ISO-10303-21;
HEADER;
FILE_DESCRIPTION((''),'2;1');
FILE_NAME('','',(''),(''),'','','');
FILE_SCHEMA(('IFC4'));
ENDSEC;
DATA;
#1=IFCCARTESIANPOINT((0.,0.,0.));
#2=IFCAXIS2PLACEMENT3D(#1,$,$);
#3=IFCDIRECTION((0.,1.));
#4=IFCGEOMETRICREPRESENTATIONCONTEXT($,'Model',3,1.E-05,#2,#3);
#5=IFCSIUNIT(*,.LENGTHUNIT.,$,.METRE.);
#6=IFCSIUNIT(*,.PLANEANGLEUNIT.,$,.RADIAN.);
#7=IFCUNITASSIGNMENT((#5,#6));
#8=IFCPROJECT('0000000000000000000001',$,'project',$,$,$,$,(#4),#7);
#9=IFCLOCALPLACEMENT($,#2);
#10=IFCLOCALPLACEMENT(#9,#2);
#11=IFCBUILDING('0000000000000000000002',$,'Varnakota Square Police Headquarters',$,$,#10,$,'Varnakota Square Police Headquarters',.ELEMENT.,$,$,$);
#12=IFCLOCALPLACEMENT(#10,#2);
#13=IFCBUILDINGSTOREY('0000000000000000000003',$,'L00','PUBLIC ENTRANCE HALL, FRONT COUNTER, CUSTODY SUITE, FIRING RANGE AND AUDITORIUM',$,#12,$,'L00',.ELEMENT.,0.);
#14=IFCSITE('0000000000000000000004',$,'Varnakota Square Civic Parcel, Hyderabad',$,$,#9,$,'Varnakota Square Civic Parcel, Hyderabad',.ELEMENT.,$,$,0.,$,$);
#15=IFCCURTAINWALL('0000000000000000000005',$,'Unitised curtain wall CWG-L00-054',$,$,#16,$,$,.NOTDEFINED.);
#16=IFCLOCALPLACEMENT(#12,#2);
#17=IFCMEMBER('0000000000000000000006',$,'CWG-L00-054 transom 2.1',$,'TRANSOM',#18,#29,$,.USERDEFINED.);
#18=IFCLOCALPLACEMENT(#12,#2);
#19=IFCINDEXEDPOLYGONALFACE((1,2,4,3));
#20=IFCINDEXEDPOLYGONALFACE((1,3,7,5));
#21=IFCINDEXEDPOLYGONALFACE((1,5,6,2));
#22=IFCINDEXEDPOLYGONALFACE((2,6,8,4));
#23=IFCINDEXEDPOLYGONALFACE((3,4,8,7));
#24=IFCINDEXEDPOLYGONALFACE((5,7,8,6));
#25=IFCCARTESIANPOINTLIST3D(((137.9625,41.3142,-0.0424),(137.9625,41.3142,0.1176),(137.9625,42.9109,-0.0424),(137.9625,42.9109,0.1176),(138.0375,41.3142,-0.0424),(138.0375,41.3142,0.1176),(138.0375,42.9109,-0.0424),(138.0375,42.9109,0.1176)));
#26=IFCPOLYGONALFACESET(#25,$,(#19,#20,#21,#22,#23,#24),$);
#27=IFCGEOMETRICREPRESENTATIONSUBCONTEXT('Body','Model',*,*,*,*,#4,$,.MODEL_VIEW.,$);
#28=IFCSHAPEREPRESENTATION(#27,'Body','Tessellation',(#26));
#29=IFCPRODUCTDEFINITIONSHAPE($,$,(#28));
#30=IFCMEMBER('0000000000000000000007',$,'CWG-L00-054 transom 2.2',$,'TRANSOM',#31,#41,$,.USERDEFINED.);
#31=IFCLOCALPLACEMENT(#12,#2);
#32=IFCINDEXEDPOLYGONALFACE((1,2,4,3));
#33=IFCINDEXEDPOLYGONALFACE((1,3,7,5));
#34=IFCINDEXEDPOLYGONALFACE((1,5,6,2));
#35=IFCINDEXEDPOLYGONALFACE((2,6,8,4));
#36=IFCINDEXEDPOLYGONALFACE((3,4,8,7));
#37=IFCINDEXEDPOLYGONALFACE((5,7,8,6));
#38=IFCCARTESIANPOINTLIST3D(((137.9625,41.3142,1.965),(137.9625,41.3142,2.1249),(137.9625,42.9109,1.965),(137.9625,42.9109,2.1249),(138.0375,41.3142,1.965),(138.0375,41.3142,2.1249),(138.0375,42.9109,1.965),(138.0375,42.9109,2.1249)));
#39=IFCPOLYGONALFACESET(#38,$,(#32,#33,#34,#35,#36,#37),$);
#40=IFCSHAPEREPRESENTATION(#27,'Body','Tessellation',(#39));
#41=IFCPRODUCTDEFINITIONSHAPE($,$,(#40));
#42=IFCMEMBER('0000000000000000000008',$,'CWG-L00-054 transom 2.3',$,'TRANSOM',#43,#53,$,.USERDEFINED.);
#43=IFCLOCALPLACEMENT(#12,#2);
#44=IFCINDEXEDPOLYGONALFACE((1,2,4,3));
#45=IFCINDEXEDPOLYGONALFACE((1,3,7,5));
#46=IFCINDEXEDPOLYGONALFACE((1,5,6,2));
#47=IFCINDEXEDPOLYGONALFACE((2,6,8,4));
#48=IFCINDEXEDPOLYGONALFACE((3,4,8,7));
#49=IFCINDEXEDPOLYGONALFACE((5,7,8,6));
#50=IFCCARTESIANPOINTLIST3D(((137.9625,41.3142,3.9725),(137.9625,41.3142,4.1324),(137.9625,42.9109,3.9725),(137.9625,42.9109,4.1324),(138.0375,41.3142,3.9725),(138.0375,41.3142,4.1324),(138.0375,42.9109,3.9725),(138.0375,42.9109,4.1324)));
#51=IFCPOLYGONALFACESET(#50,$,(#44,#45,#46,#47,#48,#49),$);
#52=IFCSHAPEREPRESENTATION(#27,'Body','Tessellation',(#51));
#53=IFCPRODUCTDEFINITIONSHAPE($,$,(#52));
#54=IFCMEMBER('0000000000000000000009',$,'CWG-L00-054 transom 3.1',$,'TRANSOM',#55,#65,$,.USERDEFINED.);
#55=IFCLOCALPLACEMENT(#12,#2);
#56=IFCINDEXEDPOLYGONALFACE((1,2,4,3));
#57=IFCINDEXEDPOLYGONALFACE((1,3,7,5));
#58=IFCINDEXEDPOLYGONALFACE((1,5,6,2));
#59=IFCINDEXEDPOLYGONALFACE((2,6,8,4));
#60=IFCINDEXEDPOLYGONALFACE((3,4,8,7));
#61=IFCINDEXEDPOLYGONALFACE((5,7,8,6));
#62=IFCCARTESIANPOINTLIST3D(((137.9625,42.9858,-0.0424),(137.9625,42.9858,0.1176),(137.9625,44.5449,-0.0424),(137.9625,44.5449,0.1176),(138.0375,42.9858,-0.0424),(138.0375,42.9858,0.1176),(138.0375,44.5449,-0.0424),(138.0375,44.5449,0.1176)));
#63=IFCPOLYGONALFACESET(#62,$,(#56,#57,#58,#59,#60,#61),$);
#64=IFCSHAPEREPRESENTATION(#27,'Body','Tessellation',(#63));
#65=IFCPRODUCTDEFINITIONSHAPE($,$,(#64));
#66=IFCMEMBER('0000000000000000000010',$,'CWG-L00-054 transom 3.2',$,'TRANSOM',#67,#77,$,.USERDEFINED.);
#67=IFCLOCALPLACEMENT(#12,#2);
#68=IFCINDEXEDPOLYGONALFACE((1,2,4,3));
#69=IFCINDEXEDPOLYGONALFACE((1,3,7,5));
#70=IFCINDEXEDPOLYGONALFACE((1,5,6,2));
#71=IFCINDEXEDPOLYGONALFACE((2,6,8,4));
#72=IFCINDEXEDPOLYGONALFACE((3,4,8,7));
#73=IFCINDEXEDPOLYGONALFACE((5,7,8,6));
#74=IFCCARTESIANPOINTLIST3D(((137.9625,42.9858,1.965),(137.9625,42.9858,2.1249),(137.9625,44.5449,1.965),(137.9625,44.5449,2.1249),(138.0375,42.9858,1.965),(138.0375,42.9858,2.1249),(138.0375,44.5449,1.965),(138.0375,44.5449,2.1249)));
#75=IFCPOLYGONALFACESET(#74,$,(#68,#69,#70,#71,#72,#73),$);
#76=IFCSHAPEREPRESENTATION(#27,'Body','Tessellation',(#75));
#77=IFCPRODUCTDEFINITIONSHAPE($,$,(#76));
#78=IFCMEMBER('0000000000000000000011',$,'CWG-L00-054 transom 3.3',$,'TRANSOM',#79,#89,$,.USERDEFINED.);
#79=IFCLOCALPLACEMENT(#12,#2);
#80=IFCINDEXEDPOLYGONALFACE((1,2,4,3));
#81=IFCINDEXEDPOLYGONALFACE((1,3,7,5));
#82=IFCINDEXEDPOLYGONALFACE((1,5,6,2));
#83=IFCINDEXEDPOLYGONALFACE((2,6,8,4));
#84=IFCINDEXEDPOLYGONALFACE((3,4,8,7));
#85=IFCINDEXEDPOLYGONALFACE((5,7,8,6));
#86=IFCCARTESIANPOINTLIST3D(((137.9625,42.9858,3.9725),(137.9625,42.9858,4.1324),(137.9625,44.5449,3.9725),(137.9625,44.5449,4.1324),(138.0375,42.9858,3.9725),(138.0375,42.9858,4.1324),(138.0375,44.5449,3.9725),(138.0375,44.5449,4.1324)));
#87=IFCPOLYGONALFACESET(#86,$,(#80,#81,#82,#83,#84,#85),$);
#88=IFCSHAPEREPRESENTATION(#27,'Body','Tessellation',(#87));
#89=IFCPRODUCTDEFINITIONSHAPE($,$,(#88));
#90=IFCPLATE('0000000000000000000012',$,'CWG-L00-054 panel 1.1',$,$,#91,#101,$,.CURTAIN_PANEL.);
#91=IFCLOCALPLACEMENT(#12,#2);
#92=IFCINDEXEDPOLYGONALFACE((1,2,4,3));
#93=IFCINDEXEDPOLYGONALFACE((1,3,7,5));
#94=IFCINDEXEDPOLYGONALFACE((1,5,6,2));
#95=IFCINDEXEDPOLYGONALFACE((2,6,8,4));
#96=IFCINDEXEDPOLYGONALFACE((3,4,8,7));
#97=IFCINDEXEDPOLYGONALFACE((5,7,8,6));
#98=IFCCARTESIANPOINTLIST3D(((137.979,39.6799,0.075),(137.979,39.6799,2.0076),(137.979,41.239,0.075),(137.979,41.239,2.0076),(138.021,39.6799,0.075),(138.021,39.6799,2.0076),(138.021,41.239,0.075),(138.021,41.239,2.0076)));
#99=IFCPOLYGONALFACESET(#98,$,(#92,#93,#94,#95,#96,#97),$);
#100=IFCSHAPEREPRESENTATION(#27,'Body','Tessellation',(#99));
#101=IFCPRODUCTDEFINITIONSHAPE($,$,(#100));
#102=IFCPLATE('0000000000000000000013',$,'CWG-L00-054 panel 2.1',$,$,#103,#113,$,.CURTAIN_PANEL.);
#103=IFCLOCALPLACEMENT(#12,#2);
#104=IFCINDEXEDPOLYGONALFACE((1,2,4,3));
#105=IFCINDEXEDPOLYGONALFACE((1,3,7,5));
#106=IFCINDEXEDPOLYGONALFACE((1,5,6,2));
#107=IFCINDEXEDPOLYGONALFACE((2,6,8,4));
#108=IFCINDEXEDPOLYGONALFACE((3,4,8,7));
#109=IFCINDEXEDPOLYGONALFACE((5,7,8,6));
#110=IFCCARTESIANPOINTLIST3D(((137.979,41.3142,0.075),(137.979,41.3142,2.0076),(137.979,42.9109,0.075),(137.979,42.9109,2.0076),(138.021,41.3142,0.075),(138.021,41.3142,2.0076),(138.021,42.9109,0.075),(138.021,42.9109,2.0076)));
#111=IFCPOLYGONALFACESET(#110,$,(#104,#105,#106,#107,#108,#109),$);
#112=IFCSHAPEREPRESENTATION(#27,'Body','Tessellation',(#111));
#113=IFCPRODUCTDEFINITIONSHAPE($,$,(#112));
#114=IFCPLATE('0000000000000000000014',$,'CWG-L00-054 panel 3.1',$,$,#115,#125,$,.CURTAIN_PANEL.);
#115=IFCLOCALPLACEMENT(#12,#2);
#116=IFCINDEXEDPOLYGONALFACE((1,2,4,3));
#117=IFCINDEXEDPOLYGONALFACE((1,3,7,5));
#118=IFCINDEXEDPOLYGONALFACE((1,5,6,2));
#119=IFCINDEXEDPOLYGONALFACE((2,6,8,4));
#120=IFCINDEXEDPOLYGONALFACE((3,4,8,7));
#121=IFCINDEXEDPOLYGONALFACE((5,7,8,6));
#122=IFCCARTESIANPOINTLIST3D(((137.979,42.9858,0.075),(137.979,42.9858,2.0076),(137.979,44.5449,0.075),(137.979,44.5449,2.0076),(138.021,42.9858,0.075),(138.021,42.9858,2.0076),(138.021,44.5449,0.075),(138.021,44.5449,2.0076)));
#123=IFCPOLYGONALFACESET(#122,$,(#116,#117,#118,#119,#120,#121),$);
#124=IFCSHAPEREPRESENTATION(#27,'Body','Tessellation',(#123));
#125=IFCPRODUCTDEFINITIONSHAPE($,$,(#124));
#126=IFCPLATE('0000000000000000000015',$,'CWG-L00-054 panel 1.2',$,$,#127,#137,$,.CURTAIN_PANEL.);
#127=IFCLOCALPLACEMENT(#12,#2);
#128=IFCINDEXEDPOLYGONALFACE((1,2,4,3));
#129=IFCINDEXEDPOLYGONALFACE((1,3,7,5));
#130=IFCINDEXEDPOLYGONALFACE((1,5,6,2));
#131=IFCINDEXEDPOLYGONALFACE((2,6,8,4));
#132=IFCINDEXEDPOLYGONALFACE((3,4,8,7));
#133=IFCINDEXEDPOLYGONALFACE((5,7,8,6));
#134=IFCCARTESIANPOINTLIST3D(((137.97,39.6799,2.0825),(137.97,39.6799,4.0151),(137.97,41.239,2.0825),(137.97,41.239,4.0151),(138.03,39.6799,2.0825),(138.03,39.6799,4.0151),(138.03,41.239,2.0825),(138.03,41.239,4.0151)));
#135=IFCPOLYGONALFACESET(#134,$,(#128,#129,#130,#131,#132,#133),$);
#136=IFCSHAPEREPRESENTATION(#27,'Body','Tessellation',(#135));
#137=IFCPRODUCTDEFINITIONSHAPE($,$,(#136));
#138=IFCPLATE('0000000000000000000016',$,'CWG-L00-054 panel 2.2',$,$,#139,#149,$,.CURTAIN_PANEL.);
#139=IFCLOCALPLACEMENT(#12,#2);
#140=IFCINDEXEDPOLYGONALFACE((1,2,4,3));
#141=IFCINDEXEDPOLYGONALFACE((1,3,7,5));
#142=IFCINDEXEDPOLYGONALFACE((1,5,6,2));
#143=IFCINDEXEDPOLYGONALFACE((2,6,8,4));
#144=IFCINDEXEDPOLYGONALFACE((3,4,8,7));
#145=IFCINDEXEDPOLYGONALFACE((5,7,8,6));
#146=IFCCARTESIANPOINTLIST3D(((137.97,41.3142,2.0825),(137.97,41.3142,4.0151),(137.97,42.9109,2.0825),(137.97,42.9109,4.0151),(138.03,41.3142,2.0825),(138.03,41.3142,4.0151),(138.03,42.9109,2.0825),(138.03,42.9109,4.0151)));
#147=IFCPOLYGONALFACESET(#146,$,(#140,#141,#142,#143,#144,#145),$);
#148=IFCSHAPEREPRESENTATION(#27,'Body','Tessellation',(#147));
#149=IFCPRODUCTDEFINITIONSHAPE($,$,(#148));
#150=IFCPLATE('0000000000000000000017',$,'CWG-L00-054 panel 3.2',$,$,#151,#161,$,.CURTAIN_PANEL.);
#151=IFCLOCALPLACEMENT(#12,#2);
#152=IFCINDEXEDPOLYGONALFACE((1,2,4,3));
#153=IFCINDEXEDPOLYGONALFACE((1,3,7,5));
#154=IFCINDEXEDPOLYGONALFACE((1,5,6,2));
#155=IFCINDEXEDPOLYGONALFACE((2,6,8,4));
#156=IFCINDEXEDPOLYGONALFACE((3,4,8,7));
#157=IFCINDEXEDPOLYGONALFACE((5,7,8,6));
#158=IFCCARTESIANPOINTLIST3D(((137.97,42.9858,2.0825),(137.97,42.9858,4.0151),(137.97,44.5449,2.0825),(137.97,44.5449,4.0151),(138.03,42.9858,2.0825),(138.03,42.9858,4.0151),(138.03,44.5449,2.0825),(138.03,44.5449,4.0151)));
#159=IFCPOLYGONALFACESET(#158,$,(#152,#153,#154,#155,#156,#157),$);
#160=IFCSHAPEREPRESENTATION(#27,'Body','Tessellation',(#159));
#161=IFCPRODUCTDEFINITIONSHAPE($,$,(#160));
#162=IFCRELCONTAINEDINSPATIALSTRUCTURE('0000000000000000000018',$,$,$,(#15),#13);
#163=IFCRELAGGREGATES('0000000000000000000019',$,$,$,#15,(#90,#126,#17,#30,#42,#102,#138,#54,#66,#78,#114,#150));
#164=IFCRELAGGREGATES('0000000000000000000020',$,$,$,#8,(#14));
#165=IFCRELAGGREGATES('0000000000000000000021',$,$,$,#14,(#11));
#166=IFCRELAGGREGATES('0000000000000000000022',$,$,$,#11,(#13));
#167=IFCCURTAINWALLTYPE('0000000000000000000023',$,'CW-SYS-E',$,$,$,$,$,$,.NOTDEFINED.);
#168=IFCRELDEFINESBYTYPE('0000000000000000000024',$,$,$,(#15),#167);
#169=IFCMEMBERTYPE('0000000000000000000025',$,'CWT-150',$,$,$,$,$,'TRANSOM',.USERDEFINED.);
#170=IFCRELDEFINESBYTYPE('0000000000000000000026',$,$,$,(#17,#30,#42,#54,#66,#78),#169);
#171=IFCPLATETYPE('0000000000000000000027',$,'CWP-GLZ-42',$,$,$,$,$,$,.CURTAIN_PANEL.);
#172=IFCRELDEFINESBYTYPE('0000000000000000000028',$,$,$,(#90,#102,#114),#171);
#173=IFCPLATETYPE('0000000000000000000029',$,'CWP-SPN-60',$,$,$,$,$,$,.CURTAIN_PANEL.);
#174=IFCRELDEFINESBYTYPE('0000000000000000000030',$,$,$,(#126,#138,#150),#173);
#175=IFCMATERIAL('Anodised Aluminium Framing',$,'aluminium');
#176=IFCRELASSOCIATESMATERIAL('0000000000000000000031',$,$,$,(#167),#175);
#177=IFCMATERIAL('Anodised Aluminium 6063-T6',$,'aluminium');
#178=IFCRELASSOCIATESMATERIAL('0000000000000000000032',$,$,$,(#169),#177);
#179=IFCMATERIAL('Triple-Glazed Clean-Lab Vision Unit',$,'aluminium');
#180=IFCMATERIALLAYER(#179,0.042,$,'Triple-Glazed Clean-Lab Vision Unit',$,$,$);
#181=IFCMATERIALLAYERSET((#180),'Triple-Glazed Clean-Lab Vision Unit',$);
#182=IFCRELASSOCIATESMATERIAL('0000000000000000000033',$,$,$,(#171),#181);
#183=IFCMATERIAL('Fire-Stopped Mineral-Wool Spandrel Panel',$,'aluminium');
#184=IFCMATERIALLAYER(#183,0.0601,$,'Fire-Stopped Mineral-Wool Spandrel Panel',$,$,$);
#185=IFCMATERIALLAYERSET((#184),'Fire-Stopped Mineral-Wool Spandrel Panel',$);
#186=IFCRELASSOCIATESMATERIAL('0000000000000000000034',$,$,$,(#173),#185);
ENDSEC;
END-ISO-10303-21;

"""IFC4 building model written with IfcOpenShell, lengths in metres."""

from ifc_helpers import new_model, si_unit, direction, frame, origin, origin_2d, place, context, subcontext, project, spatial, rectangle, extrude, material, layer, layer_set, material_profile, profile_set, type_object, element, aggregate, save


model = new_model("IFC4")

# Units and contexts
model_context = context("Model", 3, precision=1e-05, world=origin(), true_north=direction((0.0, 1.0)))
body_context = subcontext(model_context, "Body", "Model", "MODEL_VIEW")
ifc_project = project(units=[si_unit("LENGTHUNIT", "METRE"), si_unit("PLANEANGLEUNIT", "RADIAN")], contexts=[model_context])

# Site, building, storey
site_placement = place(None, origin())
site = spatial("IfcSite", under=ifc_project, at=site_placement, Name="Varnakota Square Civic Parcel, Hyderabad", LongName="Varnakota Square Civic Parcel, Hyderabad", CompositionType="ELEMENT", RefElevation=0.0)
building_placement = place(site_placement, origin())
building = spatial("IfcBuilding", under=site, at=building_placement, Name="Varnakota Square Police Headquarters", LongName="Varnakota Square Police Headquarters", CompositionType="ELEMENT")
storey_placement = place(building_placement, origin())
storey = spatial("IfcBuildingStorey", under=building, at=storey_placement, Name="L00", Description="PUBLIC ENTRANCE HALL, FRONT COUNTER, CUSTODY SUITE, FIRING RANGE AND AUDITORIUM", LongName="L00", CompositionType="ELEMENT", Elevation=0.0)

# Curtain wall, members, plates
ifc_material_1 = material(Name="Anodised Aluminium Framing", Category="aluminium")
curtain_wall_type = type_object("IfcCurtainWallType", Name="CW-SYS-E", PredefinedType="NOTDEFINED", material=ifc_material_1)
curtain_wall_placement = place(storey_placement, origin())
curtain_wall = element("IfcCurtainWall", 1, at=curtain_wall_placement, inside=storey, type_object=curtain_wall_type, Name="Unitised curtain wall CWG-L00-054", PredefinedType="NOTDEFINED")
ifc_material_2 = material(Name="Anodised Aluminium 6063-T6", Category="aluminium")
ifc_material_profile_1 = material_profile(ifc_material_2, rectangle(XDim=0.075, YDim=0.1599, at=origin_2d()), Name="ALU TRANSOM 75x160")
ifc_profile_set_1 = profile_set([ifc_material_profile_1], Name="Anodised Aluminium 6063-T6")
member_type_1 = type_object("IfcMemberType", Name="CWT-150", ElementType="TRANSOM", PredefinedType="USERDEFINED", material=ifc_profile_set_1)
member_1_placement = place(storey_placement, frame((138.0, 41.3142, 0.0376), z_axis=(0.0, 1.0, 0.0), x_axis=(-1.0, 0.0, 0.0)))
member_1 = element("IfcMember", 2, at=member_1_placement, type_object=member_type_1, Name="CWG-L00-054 transom 2.1", ObjectType="TRANSOM", PredefinedType="USERDEFINED", context=body_context, shape_type="SweptSolid", body=[
    extrude(rectangle(XDim=0.075, YDim=0.1599, at=origin_2d()), origin(), (0.0, 0.0, 1.0), 1.5967),
])
member_2_placement = place(storey_placement, frame((138.0, 41.3142, 2.0449), z_axis=(0.0, 1.0, 0.0), x_axis=(-1.0, 0.0, 0.0)))
member_2 = element("IfcMember", 3, at=member_2_placement, type_object=member_type_1, Name="CWG-L00-054 transom 2.2", ObjectType="TRANSOM", PredefinedType="USERDEFINED", context=body_context, shape_type="SweptSolid", body=[
    extrude(rectangle(XDim=0.075, YDim=0.1599, at=origin_2d()), origin(), (0.0, 0.0, 1.0), 1.5967),
])
member_3_placement = place(storey_placement, frame((138.0, 41.3142, 4.0525), z_axis=(0.0, 1.0, 0.0), x_axis=(-1.0, 0.0, 0.0)))
member_3 = element("IfcMember", 4, at=member_3_placement, type_object=member_type_1, Name="CWG-L00-054 transom 2.3", ObjectType="TRANSOM", PredefinedType="USERDEFINED", context=body_context, shape_type="SweptSolid", body=[
    extrude(rectangle(XDim=0.075, YDim=0.1599, at=origin_2d()), origin(), (0.0, 0.0, 1.0), 1.5967),
])
member_4_placement = place(storey_placement, frame((138.0, 42.9858, 0.0376), z_axis=(0.0, 1.0, 0.0), x_axis=(-1.0, 0.0, 0.0)))
member_4 = element("IfcMember", 5, at=member_4_placement, type_object=member_type_1, Name="CWG-L00-054 transom 3.1", ObjectType="TRANSOM", PredefinedType="USERDEFINED", context=body_context, shape_type="SweptSolid", body=[
    extrude(rectangle(XDim=0.075, YDim=0.1599, at=origin_2d()), origin(), (0.0, 0.0, 1.0), 1.5591),
])
member_5_placement = place(storey_placement, frame((138.0, 42.9858, 2.0449), z_axis=(0.0, 1.0, 0.0), x_axis=(-1.0, 0.0, 0.0)))
member_5 = element("IfcMember", 6, at=member_5_placement, type_object=member_type_1, Name="CWG-L00-054 transom 3.2", ObjectType="TRANSOM", PredefinedType="USERDEFINED", context=body_context, shape_type="SweptSolid", body=[
    extrude(rectangle(XDim=0.075, YDim=0.1599, at=origin_2d()), origin(), (0.0, 0.0, 1.0), 1.5591),
])
member_6_placement = place(storey_placement, frame((138.0, 42.9858, 4.0525), z_axis=(0.0, 1.0, 0.0), x_axis=(-1.0, 0.0, 0.0)))
member_6 = element("IfcMember", 7, at=member_6_placement, type_object=member_type_1, Name="CWG-L00-054 transom 3.3", ObjectType="TRANSOM", PredefinedType="USERDEFINED", context=body_context, shape_type="SweptSolid", body=[
    extrude(rectangle(XDim=0.075, YDim=0.1599, at=origin_2d()), origin(), (0.0, 0.0, 1.0), 1.5591),
])
ifc_material_3 = material(Name="Triple-Glazed Clean-Lab Vision Unit", Category="aluminium")
ifc_layer_1 = layer(ifc_material_3, 0.042, Name="Triple-Glazed Clean-Lab Vision Unit")
ifc_layer_set_1 = layer_set([ifc_layer_1], Name="Triple-Glazed Clean-Lab Vision Unit")
plate_type_1 = type_object("IfcPlateType", Name="CWP-GLZ-42", PredefinedType="CURTAIN_PANEL", material=ifc_layer_set_1)
plate_1_placement = place(storey_placement, frame((138.0, 40.4595, 0.075), z_axis=(0.0, 0.0, 1.0), x_axis=(0.0, 1.0, 0.0)))
plate_1 = element("IfcPlate", 8, at=plate_1_placement, type_object=plate_type_1, Name="CWG-L00-054 panel 1.1", PredefinedType="CURTAIN_PANEL", context=body_context, shape_type="SweptSolid", body=[
    extrude(rectangle(XDim=1.5591, YDim=0.042, at=origin_2d()), origin(), (0.0, 0.0, 1.0), 1.9326),
])
plate_2_placement = place(storey_placement, frame((138.0, 42.1125, 0.075), z_axis=(0.0, 0.0, 1.0), x_axis=(0.0, 1.0, 0.0)))
plate_2 = element("IfcPlate", 9, at=plate_2_placement, type_object=plate_type_1, Name="CWG-L00-054 panel 2.1", PredefinedType="CURTAIN_PANEL", context=body_context, shape_type="SweptSolid", body=[
    extrude(rectangle(XDim=1.5967, YDim=0.042, at=origin_2d()), origin(), (0.0, 0.0, 1.0), 1.9326),
])
plate_3_placement = place(storey_placement, frame((138.0, 43.7654, 0.075), z_axis=(0.0, 0.0, 1.0), x_axis=(0.0, 1.0, 0.0)))
plate_3 = element("IfcPlate", 10, at=plate_3_placement, type_object=plate_type_1, Name="CWG-L00-054 panel 3.1", PredefinedType="CURTAIN_PANEL", context=body_context, shape_type="SweptSolid", body=[
    extrude(rectangle(XDim=1.5591, YDim=0.042, at=origin_2d()), origin(), (0.0, 0.0, 1.0), 1.9326),
])
ifc_material_4 = material(Name="Fire-Stopped Mineral-Wool Spandrel Panel", Category="aluminium")
ifc_layer_2 = layer(ifc_material_4, 0.0601, Name="Fire-Stopped Mineral-Wool Spandrel Panel")
ifc_layer_set_2 = layer_set([ifc_layer_2], Name="Fire-Stopped Mineral-Wool Spandrel Panel")
plate_type_2 = type_object("IfcPlateType", Name="CWP-SPN-60", PredefinedType="CURTAIN_PANEL", material=ifc_layer_set_2)
plate_4_placement = place(storey_placement, frame((138.0, 40.4595, 2.0825), z_axis=(0.0, 0.0, 1.0), x_axis=(0.0, 1.0, 0.0)))
plate_4 = element("IfcPlate", 11, at=plate_4_placement, type_object=plate_type_2, Name="CWG-L00-054 panel 1.2", PredefinedType="CURTAIN_PANEL", context=body_context, shape_type="SweptSolid", body=[
    extrude(rectangle(XDim=1.5591, YDim=0.0601, at=origin_2d()), origin(), (0.0, 0.0, 1.0), 1.9326),
])
plate_5_placement = place(storey_placement, frame((138.0, 42.1125, 2.0825), z_axis=(0.0, 0.0, 1.0), x_axis=(0.0, 1.0, 0.0)))
plate_5 = element("IfcPlate", 12, at=plate_5_placement, type_object=plate_type_2, Name="CWG-L00-054 panel 2.2", PredefinedType="CURTAIN_PANEL", context=body_context, shape_type="SweptSolid", body=[
    extrude(rectangle(XDim=1.5967, YDim=0.0601, at=origin_2d()), origin(), (0.0, 0.0, 1.0), 1.9326),
])
plate_6_placement = place(storey_placement, frame((138.0, 43.7654, 2.0825), z_axis=(0.0, 0.0, 1.0), x_axis=(0.0, 1.0, 0.0)))
plate_6 = element("IfcPlate", 13, at=plate_6_placement, type_object=plate_type_2, Name="CWG-L00-054 panel 3.2", PredefinedType="CURTAIN_PANEL", context=body_context, shape_type="SweptSolid", body=[
    extrude(rectangle(XDim=1.5591, YDim=0.0601, at=origin_2d()), origin(), (0.0, 0.0, 1.0), 1.9326),
])
aggregate(curtain_wall, [plate_1, plate_4, member_1, member_2, member_3, plate_2, plate_5, member_4, member_5, member_6, plate_3, plate_6])

save(model, "model.ifc")
